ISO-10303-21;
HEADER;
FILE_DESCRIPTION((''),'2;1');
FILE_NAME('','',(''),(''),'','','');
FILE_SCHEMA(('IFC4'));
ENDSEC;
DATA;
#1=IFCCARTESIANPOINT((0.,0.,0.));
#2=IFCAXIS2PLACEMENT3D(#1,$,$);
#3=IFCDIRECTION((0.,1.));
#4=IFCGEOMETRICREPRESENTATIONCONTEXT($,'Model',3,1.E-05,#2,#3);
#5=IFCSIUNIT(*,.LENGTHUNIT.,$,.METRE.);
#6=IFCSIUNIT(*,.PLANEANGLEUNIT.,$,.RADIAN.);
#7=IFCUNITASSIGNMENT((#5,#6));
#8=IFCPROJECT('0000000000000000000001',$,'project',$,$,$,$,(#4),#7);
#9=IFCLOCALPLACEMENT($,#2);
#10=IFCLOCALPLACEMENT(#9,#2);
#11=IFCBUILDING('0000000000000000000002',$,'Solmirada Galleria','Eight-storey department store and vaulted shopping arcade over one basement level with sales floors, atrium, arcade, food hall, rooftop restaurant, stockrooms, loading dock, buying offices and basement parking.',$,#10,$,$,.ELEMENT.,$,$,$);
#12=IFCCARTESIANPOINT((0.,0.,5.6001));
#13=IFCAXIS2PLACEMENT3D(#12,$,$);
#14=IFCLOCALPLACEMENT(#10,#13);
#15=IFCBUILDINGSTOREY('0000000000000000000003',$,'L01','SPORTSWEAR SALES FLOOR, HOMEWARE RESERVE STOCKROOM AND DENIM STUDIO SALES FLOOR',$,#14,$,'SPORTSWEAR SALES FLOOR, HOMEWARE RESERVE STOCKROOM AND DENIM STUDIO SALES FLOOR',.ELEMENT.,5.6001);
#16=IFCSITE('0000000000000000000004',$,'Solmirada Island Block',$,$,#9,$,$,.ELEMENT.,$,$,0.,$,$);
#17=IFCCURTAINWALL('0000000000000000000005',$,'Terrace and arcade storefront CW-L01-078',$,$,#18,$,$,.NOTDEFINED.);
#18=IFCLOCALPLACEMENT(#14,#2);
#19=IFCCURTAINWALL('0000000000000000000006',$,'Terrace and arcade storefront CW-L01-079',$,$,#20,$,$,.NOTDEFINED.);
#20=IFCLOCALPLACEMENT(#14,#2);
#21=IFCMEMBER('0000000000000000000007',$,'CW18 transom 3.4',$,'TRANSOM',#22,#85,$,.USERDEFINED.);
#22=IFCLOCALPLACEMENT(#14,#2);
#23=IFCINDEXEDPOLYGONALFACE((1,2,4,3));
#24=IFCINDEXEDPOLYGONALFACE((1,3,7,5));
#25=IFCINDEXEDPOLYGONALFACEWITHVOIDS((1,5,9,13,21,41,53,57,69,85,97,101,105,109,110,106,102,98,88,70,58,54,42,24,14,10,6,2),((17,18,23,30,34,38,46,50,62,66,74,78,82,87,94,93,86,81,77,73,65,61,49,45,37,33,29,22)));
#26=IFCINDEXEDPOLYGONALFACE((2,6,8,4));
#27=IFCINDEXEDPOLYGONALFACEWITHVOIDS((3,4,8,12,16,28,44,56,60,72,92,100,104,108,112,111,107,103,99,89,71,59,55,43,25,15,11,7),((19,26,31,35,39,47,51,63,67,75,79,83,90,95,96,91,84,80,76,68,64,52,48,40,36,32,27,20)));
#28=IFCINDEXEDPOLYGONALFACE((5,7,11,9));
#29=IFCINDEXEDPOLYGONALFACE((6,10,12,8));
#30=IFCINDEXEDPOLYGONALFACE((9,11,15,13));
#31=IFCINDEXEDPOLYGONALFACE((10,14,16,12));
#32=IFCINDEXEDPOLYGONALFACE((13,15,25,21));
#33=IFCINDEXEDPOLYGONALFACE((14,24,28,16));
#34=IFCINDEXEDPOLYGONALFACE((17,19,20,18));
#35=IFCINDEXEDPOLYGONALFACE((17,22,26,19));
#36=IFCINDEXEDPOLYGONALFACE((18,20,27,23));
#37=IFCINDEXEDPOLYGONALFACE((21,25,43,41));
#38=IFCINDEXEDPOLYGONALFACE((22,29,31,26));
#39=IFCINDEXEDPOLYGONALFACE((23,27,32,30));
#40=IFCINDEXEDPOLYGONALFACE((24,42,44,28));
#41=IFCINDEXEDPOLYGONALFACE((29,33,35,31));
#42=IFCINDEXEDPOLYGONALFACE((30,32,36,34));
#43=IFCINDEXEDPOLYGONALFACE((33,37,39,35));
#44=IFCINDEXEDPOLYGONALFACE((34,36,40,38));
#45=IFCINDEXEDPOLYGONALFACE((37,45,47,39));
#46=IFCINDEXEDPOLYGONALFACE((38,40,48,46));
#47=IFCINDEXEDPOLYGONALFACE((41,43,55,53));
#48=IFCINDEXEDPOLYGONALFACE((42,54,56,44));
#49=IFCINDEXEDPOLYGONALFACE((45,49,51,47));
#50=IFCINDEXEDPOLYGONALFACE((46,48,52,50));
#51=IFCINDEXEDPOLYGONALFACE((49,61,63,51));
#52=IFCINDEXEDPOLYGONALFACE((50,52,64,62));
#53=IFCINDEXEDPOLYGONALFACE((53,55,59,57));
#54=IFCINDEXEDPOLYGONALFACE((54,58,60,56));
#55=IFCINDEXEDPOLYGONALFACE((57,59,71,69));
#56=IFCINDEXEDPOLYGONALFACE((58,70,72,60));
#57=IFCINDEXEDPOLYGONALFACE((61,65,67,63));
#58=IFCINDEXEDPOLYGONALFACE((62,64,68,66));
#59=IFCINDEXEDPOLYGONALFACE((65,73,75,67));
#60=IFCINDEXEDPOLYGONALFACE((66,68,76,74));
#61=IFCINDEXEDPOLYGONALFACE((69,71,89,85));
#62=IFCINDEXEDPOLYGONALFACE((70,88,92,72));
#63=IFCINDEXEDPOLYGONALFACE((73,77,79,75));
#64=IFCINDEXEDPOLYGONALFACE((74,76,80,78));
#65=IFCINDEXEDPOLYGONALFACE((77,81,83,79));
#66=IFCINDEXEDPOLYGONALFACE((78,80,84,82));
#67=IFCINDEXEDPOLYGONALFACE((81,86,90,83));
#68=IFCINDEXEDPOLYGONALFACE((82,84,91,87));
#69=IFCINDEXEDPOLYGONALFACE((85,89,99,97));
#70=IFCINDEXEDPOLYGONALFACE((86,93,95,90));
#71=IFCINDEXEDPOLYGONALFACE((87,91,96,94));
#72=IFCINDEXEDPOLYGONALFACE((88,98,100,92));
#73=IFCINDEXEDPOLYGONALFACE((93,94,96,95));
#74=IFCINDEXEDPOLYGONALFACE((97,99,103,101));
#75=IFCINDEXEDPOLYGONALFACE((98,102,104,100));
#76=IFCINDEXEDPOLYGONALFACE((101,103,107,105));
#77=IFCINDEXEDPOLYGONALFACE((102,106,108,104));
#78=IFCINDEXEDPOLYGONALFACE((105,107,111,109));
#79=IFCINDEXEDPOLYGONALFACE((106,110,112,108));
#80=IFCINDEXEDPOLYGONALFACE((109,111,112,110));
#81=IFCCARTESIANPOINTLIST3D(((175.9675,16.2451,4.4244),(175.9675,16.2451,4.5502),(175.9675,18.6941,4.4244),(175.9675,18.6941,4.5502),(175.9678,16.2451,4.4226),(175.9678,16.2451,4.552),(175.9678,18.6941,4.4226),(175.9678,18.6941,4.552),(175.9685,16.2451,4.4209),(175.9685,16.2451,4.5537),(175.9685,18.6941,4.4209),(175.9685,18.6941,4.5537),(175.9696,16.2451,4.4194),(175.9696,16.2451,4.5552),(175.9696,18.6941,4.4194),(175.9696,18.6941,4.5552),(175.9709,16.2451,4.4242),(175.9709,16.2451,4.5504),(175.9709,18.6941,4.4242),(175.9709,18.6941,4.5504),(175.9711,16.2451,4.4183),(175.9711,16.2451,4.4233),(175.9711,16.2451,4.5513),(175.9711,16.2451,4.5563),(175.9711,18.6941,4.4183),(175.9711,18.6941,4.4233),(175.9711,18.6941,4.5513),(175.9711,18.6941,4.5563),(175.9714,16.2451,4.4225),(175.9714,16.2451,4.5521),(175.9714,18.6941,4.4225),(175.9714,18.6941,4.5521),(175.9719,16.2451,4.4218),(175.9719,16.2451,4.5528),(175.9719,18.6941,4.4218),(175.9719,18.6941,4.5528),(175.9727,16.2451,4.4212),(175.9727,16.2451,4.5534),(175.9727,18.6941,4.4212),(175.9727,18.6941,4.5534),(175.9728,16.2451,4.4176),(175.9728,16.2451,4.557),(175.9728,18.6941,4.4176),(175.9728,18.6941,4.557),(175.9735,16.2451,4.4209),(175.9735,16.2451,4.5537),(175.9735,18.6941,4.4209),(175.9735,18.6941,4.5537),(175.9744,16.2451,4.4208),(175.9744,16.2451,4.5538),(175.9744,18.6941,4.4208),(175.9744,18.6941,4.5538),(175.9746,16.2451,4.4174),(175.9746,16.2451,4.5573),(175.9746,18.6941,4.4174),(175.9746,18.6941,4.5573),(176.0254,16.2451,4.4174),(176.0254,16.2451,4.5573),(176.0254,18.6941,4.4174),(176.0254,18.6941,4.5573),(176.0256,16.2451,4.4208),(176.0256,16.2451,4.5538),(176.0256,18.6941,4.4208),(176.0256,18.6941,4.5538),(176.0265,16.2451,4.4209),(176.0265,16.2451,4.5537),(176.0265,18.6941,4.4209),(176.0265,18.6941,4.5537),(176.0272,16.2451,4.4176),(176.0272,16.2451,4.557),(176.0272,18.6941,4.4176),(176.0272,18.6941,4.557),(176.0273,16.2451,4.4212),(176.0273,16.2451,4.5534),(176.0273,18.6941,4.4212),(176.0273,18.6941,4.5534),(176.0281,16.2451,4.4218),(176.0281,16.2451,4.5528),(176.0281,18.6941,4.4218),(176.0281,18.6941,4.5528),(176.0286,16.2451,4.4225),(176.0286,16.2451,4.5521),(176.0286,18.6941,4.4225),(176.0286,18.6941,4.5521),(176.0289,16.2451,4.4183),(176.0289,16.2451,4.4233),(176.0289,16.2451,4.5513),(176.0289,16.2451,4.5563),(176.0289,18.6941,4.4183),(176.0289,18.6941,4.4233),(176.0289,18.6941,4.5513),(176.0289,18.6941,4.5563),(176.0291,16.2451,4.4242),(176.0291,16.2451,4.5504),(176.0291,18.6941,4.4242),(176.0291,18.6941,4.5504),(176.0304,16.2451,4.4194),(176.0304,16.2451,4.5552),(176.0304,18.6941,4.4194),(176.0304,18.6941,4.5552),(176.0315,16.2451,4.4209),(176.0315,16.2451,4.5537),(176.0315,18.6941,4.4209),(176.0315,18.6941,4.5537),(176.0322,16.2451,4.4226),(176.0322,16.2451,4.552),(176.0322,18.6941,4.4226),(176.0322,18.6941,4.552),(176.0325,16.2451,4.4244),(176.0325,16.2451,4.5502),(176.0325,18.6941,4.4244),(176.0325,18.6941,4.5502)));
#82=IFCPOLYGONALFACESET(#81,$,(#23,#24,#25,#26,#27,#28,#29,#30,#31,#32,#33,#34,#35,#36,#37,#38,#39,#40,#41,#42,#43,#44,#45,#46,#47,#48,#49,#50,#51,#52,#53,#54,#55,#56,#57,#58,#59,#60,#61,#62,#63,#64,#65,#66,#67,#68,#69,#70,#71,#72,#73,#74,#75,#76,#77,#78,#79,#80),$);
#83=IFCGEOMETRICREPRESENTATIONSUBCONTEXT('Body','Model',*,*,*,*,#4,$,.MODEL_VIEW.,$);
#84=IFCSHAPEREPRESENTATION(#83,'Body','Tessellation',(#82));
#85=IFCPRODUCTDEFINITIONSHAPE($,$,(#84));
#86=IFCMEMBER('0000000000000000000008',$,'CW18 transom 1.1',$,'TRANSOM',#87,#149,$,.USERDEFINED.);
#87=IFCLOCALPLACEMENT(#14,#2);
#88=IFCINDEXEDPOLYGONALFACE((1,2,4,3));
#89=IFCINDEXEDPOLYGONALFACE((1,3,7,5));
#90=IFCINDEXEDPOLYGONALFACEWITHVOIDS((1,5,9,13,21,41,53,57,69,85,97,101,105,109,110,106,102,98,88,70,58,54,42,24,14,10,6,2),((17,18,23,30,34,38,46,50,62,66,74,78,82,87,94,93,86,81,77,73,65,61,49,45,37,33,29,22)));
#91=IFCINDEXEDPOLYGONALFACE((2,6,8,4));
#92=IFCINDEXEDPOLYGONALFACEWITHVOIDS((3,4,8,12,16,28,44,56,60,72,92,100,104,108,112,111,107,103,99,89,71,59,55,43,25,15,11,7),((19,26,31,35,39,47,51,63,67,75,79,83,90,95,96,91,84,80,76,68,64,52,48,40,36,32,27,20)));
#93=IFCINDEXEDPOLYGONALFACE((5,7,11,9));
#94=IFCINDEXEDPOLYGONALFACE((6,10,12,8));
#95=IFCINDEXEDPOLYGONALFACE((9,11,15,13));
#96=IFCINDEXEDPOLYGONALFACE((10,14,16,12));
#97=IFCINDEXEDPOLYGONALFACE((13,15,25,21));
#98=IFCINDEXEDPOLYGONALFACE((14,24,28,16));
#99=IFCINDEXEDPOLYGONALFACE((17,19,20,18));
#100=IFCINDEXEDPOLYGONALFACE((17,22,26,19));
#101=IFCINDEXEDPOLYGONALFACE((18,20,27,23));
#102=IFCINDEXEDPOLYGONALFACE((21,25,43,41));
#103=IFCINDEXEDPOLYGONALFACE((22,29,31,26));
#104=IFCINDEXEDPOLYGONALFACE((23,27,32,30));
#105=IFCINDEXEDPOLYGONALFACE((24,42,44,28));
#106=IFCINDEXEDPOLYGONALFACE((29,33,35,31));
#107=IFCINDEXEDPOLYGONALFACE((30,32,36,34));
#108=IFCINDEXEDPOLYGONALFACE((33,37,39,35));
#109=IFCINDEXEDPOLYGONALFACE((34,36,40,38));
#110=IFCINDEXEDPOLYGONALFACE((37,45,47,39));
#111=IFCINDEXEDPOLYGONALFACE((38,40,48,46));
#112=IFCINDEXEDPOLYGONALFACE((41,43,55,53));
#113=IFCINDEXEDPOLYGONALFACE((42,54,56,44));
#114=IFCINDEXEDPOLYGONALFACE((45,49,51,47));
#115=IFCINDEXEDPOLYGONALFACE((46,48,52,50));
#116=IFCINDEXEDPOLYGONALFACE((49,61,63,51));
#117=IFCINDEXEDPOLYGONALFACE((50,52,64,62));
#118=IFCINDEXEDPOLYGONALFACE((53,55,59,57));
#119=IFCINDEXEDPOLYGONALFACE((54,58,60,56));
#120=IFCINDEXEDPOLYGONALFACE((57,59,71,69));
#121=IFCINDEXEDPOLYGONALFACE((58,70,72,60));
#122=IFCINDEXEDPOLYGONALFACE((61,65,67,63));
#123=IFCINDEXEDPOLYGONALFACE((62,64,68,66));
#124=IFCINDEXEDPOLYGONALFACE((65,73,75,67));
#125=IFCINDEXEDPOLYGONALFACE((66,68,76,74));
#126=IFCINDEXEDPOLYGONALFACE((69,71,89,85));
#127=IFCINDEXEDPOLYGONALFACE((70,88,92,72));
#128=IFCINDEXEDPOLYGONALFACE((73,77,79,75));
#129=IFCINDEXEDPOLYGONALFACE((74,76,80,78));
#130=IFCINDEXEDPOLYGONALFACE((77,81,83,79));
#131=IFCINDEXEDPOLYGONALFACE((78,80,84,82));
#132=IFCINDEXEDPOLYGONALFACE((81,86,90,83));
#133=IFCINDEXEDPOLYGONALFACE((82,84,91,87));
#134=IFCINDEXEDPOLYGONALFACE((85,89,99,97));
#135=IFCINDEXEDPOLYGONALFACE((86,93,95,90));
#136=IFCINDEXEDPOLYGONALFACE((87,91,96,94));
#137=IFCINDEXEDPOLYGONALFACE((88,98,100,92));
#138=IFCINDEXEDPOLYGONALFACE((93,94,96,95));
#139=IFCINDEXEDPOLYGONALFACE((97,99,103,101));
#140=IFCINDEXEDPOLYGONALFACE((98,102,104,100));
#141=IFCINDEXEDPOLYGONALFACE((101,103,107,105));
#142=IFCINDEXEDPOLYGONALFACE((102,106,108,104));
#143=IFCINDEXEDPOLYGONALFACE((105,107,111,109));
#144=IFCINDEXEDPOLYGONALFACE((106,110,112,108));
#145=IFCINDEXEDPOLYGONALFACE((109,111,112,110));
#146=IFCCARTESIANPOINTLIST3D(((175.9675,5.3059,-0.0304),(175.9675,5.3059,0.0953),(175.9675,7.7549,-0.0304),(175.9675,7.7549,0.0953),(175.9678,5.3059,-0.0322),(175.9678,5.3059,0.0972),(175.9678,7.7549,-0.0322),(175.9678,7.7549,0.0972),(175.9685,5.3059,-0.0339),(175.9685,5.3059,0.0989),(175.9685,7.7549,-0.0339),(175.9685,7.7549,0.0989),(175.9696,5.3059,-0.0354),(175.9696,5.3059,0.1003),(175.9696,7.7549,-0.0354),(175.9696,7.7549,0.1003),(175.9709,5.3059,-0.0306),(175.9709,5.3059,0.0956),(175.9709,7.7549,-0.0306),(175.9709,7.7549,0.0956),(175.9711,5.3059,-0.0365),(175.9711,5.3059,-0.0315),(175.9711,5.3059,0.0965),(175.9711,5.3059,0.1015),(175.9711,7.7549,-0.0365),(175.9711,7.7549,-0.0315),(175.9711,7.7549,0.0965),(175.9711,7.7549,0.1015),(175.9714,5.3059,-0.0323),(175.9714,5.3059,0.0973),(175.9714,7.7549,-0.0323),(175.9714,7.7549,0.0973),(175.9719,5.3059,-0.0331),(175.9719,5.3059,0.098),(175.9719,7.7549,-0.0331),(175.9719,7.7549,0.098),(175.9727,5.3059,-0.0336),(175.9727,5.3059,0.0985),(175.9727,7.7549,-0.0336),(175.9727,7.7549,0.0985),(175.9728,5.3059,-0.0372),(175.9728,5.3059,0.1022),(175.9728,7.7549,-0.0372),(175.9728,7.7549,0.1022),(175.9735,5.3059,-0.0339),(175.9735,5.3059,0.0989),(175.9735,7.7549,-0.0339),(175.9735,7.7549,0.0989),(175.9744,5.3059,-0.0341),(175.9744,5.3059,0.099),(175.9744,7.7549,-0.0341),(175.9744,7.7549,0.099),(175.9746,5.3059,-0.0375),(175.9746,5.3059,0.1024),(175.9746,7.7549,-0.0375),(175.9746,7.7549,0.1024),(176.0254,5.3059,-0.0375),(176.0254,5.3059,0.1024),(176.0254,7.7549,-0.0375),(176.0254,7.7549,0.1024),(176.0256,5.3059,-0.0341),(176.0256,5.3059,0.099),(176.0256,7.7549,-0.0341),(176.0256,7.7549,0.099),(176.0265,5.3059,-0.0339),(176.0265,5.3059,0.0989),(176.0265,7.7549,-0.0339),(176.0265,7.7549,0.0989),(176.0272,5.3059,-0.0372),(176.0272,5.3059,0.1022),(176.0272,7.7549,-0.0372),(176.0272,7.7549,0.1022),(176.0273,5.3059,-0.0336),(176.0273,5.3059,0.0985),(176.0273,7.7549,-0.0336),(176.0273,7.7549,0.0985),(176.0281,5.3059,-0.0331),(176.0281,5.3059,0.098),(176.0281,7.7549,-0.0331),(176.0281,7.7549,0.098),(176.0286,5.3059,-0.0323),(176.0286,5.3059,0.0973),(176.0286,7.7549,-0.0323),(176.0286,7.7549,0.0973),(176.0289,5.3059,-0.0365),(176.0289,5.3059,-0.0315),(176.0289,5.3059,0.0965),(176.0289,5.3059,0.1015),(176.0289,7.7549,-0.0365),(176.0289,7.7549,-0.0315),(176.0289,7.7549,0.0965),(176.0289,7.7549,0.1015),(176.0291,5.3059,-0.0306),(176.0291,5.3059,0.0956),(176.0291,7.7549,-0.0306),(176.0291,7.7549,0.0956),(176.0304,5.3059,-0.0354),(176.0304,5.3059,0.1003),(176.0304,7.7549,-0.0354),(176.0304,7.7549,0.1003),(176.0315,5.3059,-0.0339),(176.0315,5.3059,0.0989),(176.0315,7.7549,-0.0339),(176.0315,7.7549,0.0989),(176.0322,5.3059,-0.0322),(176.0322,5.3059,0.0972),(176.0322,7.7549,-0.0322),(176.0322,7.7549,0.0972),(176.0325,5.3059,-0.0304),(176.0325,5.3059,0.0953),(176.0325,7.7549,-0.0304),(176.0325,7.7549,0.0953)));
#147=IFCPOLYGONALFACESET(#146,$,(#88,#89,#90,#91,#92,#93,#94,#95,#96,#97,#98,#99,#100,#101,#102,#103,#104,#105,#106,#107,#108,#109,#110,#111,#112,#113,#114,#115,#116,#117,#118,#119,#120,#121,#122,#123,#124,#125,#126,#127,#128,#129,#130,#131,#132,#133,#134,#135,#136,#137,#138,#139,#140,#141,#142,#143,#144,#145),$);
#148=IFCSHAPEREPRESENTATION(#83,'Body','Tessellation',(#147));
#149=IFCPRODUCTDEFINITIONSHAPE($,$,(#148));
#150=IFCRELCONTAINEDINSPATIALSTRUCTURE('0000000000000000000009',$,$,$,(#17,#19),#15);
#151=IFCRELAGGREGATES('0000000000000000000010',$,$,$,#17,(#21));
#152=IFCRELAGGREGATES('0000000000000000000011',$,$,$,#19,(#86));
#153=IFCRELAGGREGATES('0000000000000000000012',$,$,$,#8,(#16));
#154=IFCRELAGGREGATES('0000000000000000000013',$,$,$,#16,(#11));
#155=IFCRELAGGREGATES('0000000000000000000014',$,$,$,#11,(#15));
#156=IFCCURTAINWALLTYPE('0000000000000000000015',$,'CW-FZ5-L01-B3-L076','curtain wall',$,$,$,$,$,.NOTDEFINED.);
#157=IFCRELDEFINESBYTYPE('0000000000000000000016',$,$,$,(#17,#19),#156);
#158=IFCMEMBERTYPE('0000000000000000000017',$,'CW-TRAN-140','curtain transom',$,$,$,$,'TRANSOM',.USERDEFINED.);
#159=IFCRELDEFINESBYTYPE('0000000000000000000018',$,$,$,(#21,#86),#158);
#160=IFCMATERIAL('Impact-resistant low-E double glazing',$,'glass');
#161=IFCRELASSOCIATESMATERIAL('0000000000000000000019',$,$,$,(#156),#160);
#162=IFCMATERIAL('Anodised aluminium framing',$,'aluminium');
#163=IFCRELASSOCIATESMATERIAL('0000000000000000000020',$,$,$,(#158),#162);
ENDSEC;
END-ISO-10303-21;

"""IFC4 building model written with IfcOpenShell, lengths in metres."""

from ifc_helpers import new_model, si_unit, direction, frame, origin, origin_2d, place, context, subcontext, project, spatial, hollow_rectangle, extrude, material, material_profile, profile_set, type_object, element, aggregate, save


model = new_model("IFC4")

# Units and contexts
model_context = context("Model", 3, precision=1e-05, world=origin(), true_north=direction((0.0, 1.0)))
body_context = subcontext(model_context, "Body", "Model", "MODEL_VIEW")
ifc_project = project(units=[si_unit("LENGTHUNIT", "METRE"), si_unit("PLANEANGLEUNIT", "RADIAN")], contexts=[model_context])

# Site, building, storey
site_placement = place(None, origin())
site = spatial("IfcSite", under=ifc_project, at=site_placement, Name="Solmirada Island Block", CompositionType="ELEMENT", RefElevation=0.0)
building_placement = place(site_placement, origin())
building = spatial("IfcBuilding", under=site, at=building_placement, Name="Solmirada Galleria", Description="Eight-storey department store and vaulted shopping arcade over one basement level with sales floors, atrium, arcade, food hall, rooftop restaurant, stockrooms, loading dock, buying offices and basement parking.", CompositionType="ELEMENT")
storey_placement = place(building_placement, frame((0.0, 0.0, 5.6001)))
storey = spatial("IfcBuildingStorey", under=building, at=storey_placement, Name="L01", Description="SPORTSWEAR SALES FLOOR, HOMEWARE RESERVE STOCKROOM AND DENIM STUDIO SALES FLOOR", LongName="SPORTSWEAR SALES FLOOR, HOMEWARE RESERVE STOCKROOM AND DENIM STUDIO SALES FLOOR", CompositionType="ELEMENT", Elevation=5.6001)

# Curtain walls
ifc_material_1 = material(Name="Impact-resistant low-E double glazing", Category="glass")
curtain_wall_type = type_object("IfcCurtainWallType", Name="CW-FZ5-L01-B3-L076", Description="curtain wall", PredefinedType="NOTDEFINED", material=ifc_material_1)
curtain_wall_1_placement = place(storey_placement, origin())
curtain_wall_1 = element("IfcCurtainWall", 1, at=curtain_wall_1_placement, inside=storey, type_object=curtain_wall_type, Name="Terrace and arcade storefront CW-L01-078", PredefinedType="NOTDEFINED")
ifc_material_2 = material(Name="Anodised aluminium framing", Category="aluminium")
curtain_wall_2_placement = place(storey_placement, origin())
curtain_wall_2 = element("IfcCurtainWall", 2, at=curtain_wall_2_placement, inside=storey, type_object=curtain_wall_type, Name="Terrace and arcade storefront CW-L01-079", PredefinedType="NOTDEFINED")

# Members
ifc_material_profile_1 = material_profile(ifc_material_2, hollow_rectangle(XDim=0.0649, YDim=0.1399, WallThickness=0.0034, InnerFilletRadius=0.0034, OuterFilletRadius=0.0071, at=origin_2d()), Name="ALU-TRAN-140X65")
ifc_profile_set_1 = profile_set([ifc_material_profile_1], Name="Anodised aluminium framing")
member_type_1 = type_object("IfcMemberType", Name="CW-TRAN-140", Description="curtain transom", ElementType="TRANSOM", PredefinedType="USERDEFINED", material=ifc_profile_set_1)
member_1_placement = place(storey_placement, frame((176.0, 18.6941, 4.4873), z_axis=(0.0, -1.0, 0.0), x_axis=(1.0, 0.0, 0.0)))
member_1 = element("IfcMember", 3, at=member_1_placement, type_object=member_type_1, Name="CW18 transom 3.4", ObjectType="TRANSOM", PredefinedType="USERDEFINED", context=body_context, shape_type="SweptSolid", body=[
    extrude(hollow_rectangle(XDim=0.0649, YDim=0.1399, WallThickness=0.0034, InnerFilletRadius=0.0034, OuterFilletRadius=0.0071, at=origin_2d()), origin(), (0.0, 0.0, 1.0), 2.449),
])
member_2_placement = place(storey_placement, frame((176.0, 7.7549, 0.0325), z_axis=(0.0, -1.0, 0.0), x_axis=(1.0, 0.0, 0.0)))
member_2 = element("IfcMember", 4, at=member_2_placement, type_object=member_type_1, Name="CW18 transom 1.1", ObjectType="TRANSOM", PredefinedType="USERDEFINED", context=body_context, shape_type="SweptSolid", body=[
    extrude(hollow_rectangle(XDim=0.0649, YDim=0.1399, WallThickness=0.0034, InnerFilletRadius=0.0034, OuterFilletRadius=0.0071, at=origin_2d()), origin(), (0.0, 0.0, 1.0), 2.449),
])

aggregate(curtain_wall_1, [member_1])
aggregate(curtain_wall_2, [member_2])

save(model, "model.ifc")
